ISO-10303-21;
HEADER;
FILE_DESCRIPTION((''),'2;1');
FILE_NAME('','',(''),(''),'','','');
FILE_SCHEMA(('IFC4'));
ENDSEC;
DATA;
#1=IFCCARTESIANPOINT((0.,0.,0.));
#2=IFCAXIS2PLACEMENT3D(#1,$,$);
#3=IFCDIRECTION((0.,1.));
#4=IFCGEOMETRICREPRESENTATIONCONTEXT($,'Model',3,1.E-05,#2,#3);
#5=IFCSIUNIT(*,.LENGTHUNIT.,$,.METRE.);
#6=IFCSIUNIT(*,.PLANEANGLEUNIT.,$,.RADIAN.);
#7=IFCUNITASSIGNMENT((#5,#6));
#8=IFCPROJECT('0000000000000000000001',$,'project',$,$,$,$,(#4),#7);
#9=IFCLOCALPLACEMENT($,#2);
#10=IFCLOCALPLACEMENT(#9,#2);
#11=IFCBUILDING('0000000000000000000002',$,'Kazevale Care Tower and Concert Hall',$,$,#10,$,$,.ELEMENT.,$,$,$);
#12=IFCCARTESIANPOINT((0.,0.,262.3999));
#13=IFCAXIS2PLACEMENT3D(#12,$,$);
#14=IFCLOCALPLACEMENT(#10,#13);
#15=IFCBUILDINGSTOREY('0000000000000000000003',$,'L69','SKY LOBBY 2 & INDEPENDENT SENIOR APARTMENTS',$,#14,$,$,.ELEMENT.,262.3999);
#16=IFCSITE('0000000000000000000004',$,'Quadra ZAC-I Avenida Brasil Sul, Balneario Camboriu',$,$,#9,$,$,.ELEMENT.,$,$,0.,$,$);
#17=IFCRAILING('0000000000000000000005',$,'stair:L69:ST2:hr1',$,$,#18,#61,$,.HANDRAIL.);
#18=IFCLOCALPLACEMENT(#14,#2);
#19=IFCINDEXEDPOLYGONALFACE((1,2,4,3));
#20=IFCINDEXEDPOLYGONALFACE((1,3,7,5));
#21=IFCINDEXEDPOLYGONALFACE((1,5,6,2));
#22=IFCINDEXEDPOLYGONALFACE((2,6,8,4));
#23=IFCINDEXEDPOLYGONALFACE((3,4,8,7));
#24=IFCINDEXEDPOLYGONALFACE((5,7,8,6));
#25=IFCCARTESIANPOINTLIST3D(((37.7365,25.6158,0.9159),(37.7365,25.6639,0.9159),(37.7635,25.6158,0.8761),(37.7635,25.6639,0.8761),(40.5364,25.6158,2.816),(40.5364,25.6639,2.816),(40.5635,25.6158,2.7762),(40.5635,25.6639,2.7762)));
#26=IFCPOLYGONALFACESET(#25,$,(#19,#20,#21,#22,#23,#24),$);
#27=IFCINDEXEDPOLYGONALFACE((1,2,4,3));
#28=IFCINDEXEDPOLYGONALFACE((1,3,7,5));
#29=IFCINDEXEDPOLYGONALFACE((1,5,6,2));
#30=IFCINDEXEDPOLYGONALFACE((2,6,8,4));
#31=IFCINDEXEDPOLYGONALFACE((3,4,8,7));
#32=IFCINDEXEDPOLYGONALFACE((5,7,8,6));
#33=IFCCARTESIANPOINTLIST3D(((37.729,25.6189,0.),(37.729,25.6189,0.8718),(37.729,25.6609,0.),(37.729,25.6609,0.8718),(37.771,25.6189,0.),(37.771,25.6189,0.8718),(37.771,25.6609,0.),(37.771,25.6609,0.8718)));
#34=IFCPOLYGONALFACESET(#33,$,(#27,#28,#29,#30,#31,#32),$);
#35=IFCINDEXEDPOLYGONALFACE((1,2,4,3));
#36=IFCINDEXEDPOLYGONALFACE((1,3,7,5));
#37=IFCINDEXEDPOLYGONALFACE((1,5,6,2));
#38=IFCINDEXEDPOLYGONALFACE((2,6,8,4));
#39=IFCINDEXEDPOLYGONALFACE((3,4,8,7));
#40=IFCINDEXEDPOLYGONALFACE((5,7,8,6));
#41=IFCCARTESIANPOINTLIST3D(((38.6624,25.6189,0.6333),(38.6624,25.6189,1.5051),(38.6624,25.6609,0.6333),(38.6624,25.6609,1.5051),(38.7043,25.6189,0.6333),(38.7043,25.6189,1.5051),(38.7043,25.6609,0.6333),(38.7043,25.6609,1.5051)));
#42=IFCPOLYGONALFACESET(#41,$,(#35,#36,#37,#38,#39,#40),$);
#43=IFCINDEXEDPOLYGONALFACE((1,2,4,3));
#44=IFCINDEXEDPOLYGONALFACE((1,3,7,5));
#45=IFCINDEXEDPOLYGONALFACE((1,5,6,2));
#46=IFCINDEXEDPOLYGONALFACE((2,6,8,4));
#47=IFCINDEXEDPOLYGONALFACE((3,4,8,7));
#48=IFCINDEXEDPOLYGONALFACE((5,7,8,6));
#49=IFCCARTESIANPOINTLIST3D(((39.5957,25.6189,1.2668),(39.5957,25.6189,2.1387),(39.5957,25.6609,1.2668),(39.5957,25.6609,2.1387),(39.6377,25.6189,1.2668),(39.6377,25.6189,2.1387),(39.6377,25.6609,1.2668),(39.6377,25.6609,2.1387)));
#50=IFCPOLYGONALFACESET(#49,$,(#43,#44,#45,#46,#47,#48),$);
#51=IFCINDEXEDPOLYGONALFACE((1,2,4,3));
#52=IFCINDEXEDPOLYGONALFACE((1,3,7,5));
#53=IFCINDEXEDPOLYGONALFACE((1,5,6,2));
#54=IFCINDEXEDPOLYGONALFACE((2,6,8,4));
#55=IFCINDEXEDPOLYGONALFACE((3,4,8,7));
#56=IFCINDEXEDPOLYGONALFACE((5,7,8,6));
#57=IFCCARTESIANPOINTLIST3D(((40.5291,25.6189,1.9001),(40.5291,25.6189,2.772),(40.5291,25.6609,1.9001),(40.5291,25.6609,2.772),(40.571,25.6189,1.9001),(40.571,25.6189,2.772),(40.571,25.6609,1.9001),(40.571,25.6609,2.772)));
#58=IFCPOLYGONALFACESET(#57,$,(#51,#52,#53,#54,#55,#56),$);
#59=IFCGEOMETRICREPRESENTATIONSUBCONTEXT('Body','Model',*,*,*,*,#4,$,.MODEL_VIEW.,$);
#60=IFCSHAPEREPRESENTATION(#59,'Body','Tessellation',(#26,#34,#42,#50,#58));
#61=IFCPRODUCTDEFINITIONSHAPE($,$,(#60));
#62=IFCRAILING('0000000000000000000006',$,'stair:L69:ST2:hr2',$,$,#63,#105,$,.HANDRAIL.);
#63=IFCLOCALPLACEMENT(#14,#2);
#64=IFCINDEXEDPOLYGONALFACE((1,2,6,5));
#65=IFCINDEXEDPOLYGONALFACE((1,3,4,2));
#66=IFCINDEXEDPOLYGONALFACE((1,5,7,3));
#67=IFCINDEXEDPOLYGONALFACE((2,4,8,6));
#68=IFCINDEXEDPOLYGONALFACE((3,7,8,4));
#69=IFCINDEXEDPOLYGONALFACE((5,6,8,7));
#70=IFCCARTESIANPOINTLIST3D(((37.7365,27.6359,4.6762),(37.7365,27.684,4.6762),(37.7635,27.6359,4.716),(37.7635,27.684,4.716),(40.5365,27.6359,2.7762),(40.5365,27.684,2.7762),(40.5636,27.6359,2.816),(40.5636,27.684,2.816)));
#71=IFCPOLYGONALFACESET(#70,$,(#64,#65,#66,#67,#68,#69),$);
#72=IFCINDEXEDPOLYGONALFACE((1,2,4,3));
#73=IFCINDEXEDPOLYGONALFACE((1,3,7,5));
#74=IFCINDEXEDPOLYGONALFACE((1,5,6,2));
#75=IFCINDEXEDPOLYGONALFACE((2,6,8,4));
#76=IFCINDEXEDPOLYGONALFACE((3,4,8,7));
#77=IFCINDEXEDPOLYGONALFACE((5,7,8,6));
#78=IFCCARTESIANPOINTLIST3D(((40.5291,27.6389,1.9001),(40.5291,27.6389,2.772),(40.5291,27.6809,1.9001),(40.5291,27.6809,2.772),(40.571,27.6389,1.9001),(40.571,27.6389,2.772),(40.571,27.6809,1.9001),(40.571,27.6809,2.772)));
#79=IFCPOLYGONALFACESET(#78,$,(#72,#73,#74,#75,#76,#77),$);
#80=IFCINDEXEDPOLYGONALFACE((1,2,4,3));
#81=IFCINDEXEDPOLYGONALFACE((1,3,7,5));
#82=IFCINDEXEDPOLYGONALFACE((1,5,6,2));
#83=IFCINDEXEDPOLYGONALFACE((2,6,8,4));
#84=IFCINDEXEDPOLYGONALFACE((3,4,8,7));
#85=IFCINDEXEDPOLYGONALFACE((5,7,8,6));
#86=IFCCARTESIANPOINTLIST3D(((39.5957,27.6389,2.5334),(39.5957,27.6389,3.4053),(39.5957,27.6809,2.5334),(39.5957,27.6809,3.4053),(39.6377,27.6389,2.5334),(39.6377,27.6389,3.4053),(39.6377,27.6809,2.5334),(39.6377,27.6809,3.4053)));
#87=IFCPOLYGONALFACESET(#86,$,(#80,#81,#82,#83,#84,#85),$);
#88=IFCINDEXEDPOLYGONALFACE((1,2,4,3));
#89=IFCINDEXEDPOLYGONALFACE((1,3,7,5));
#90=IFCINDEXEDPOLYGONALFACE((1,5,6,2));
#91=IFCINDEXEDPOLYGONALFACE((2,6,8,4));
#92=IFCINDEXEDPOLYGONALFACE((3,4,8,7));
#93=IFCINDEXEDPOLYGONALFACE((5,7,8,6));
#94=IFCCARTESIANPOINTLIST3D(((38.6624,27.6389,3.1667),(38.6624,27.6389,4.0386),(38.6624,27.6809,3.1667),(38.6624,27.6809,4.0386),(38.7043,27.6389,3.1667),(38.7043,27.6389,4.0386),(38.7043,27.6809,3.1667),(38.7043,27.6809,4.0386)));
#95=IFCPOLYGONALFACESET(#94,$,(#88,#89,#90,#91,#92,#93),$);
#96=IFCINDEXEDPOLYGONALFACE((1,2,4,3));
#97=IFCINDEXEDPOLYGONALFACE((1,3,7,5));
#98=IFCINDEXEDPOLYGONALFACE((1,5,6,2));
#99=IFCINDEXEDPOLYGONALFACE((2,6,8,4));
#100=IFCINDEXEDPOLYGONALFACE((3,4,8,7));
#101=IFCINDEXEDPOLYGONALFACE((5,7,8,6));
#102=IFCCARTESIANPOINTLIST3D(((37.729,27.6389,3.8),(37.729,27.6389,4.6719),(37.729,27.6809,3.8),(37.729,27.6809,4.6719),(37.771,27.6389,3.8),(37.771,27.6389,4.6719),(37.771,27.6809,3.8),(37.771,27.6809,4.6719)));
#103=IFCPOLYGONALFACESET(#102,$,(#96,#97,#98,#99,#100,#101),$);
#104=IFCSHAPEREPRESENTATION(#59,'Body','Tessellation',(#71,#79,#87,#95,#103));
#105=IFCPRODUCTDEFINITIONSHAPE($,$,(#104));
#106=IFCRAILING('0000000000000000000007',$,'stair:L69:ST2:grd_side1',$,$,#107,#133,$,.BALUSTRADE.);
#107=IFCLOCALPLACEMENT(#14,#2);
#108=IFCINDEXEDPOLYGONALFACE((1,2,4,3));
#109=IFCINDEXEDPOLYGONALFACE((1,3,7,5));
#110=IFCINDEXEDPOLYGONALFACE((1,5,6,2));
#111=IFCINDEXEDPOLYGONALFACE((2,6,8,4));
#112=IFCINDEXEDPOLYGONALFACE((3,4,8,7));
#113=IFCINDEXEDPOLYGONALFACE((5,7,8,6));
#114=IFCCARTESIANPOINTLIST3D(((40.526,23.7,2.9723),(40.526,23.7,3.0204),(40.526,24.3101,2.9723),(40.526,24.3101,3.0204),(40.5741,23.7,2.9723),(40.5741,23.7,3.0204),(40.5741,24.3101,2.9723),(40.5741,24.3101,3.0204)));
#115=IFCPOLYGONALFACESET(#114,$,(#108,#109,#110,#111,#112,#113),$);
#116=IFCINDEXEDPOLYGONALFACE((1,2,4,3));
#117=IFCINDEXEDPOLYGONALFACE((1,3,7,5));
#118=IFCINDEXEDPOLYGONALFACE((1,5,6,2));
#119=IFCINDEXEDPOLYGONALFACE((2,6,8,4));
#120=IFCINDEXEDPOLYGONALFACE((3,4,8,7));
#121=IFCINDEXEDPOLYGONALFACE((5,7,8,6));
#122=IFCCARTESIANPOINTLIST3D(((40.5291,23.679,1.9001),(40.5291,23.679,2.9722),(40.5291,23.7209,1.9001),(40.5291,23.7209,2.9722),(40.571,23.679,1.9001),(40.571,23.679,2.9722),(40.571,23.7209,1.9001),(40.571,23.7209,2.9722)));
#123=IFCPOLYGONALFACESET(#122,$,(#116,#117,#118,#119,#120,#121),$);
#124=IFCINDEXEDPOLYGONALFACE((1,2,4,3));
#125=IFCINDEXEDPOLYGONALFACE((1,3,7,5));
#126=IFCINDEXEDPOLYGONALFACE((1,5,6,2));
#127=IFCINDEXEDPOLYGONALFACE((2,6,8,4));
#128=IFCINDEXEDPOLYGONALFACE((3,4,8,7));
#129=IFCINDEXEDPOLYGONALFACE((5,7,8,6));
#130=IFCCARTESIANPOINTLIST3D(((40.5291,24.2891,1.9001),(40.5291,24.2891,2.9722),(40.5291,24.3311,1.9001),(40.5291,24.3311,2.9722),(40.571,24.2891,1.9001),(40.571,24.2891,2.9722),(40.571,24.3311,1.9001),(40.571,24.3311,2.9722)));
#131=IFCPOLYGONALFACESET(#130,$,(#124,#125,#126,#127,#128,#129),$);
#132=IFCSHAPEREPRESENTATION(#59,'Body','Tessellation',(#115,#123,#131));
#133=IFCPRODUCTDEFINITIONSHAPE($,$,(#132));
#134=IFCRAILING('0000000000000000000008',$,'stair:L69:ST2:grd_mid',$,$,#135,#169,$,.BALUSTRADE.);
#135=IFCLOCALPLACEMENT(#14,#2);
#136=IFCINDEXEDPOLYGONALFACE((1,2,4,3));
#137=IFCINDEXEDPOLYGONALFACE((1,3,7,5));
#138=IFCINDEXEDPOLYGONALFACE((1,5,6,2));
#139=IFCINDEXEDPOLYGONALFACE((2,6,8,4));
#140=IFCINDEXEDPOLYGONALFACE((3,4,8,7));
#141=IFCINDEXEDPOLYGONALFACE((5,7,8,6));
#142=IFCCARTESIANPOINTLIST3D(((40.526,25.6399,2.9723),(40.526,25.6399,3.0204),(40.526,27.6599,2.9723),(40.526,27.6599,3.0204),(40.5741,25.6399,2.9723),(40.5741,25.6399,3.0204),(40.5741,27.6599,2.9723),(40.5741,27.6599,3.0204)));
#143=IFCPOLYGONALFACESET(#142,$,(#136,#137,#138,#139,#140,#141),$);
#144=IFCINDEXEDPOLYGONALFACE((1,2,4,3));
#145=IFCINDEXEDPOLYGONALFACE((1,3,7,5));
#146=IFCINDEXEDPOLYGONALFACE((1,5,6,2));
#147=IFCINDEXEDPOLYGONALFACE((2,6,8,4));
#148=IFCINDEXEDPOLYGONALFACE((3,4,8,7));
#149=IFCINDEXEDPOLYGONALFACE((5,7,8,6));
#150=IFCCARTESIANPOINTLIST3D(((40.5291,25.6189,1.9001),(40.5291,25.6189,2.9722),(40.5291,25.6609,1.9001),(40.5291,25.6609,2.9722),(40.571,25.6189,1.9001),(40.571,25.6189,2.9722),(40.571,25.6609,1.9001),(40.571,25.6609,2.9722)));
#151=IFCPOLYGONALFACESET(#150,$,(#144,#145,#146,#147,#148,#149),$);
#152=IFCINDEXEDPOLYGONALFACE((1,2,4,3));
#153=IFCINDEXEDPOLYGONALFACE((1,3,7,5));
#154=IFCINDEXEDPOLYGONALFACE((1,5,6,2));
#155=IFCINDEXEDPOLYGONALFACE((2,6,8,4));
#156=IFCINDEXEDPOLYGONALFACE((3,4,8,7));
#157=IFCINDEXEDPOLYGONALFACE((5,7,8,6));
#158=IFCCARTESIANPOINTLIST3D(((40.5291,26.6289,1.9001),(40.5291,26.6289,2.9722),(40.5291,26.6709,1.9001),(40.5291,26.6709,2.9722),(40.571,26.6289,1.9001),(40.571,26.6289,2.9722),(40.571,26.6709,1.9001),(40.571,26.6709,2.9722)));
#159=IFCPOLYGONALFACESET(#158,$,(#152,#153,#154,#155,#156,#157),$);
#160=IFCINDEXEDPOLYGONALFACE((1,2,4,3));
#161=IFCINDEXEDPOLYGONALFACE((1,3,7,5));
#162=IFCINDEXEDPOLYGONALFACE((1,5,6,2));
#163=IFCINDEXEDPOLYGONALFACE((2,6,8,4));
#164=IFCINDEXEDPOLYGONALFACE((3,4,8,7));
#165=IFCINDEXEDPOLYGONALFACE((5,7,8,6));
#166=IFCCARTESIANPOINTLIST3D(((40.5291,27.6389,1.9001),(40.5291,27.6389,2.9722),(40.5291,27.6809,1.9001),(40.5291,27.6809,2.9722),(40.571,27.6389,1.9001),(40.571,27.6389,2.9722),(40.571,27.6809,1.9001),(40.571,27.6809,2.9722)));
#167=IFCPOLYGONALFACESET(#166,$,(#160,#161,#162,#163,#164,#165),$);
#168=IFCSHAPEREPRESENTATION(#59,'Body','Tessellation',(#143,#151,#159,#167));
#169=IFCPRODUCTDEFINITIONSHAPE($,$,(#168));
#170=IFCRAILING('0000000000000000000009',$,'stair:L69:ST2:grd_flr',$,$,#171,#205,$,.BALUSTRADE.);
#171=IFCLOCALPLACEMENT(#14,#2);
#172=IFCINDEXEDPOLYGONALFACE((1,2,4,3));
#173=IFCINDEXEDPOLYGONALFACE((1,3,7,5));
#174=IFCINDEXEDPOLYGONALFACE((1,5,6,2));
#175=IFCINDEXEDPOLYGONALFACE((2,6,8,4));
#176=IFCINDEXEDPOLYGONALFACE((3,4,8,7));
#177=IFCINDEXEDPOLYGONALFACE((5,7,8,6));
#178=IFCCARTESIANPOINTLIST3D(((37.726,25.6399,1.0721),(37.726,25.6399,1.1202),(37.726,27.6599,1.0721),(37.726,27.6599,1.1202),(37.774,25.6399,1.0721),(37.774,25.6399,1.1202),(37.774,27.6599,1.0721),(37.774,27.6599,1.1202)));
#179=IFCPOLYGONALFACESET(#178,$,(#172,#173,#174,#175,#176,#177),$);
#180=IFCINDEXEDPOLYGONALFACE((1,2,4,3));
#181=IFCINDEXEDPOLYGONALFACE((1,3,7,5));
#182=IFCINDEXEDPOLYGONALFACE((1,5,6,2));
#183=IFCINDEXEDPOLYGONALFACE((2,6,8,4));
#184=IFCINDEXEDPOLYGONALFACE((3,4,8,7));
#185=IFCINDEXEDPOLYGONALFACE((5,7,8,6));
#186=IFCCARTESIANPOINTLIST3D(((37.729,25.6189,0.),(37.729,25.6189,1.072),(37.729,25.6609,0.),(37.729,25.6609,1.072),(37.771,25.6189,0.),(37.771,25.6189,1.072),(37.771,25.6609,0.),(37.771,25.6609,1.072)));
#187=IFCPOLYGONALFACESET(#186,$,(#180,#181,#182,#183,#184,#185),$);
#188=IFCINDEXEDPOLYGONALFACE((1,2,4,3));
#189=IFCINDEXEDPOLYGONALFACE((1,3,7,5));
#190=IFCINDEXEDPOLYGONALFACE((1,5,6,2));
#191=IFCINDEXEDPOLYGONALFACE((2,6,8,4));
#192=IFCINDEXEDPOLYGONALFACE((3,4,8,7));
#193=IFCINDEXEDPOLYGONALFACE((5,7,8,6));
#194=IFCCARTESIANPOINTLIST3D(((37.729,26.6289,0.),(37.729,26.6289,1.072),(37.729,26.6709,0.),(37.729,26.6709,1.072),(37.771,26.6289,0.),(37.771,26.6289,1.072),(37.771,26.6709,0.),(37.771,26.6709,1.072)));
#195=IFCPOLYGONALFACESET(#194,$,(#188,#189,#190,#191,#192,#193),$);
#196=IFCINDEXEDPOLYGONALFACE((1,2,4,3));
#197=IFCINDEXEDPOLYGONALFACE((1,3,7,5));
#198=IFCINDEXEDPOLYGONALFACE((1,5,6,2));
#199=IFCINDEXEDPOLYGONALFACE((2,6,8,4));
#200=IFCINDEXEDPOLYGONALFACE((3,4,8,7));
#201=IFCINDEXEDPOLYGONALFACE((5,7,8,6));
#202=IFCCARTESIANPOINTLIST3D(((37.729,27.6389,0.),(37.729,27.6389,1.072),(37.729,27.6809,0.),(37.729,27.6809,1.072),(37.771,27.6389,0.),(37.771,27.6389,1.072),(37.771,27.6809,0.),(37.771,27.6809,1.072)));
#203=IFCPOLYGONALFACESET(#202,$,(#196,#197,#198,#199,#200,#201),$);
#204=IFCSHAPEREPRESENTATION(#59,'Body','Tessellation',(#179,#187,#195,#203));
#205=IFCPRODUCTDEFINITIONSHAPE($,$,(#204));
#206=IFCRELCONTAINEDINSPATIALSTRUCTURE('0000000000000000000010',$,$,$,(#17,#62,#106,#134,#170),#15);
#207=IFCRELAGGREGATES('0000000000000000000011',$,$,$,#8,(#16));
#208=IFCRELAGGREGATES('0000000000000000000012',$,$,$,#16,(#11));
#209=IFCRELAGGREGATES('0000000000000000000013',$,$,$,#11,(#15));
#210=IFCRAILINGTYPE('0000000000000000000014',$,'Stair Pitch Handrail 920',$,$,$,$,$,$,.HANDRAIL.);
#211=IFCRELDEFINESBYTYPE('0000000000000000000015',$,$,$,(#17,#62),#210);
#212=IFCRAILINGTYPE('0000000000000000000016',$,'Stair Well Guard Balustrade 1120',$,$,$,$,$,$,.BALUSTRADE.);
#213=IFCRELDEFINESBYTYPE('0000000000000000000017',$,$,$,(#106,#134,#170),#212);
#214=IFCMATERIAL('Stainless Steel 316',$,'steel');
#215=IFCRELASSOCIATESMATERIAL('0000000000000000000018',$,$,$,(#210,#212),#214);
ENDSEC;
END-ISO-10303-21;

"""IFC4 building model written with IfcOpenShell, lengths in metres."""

from ifc_helpers import new_model, si_unit, direction, frame, origin, origin_2d, place, context, subcontext, project, spatial, rectangle, extrude, material, type_object, element, save


model = new_model("IFC4")

# Units and contexts
model_context = context("Model", 3, precision=1e-05, world=origin(), true_north=direction((0.0, 1.0)))
body_context = subcontext(model_context, "Body", "Model", "MODEL_VIEW")
ifc_project = project(units=[si_unit("LENGTHUNIT", "METRE"), si_unit("PLANEANGLEUNIT", "RADIAN")], contexts=[model_context])

# Site, building, storey
site_placement = place(None, origin())
site = spatial("IfcSite", under=ifc_project, at=site_placement, Name="Quadra ZAC-I Avenida Brasil Sul, Balneario Camboriu", CompositionType="ELEMENT", RefElevation=0.0)
building_placement = place(site_placement, origin())
building = spatial("IfcBuilding", under=site, at=building_placement, Name="Kazevale Care Tower and Concert Hall", CompositionType="ELEMENT")
storey_placement = place(building_placement, frame((0.0, 0.0, 262.3999)))
storey = spatial("IfcBuildingStorey", under=building, at=storey_placement, Name="L69", Description="SKY LOBBY 2 & INDEPENDENT SENIOR APARTMENTS", CompositionType="ELEMENT", Elevation=262.3999)

# Railings
ifc_material_1 = material(Name="Stainless Steel 316", Category="steel")
railing_type_1 = type_object("IfcRailingType", Name="Stair Pitch Handrail 920", PredefinedType="HANDRAIL", material=ifc_material_1)
railing_1_placement = place(storey_placement, frame((37.75, 25.6399, 0.0)))
element("IfcRailing", 1, at=railing_1_placement, inside=storey, type_object=railing_type_1, Name="stair:L69:ST2:hr1", PredefinedType="HANDRAIL", context=body_context, shape_type="SweptSolid", body=[
    extrude(rectangle(XDim=0.0481, YDim=0.0481, at=origin_2d()), frame((0.0, 0.0, 0.896), z_axis=(0.82746, 0.0, 0.561524), x_axis=(0.0, 1.0, 0.0)), (0.0, 0.0, 1.0), 3.3838),
    extrude(rectangle(XDim=0.042, YDim=0.042, at=origin_2d()), origin(), (0.0, 0.0, 1.0), 0.8718),
    extrude(rectangle(XDim=0.042, YDim=0.042, at=origin_2d()), frame((0.9333, 0.0, 0.6333)), (0.0, 0.0, 1.0), 0.8718),
    extrude(rectangle(XDim=0.042, YDim=0.042, at=origin_2d()), frame((1.8667, 0.0, 1.2668)), (0.0, 0.0, 1.0), 0.8718),
    extrude(rectangle(XDim=0.042, YDim=0.042, at=origin_2d()), frame((2.8, 0.0, 1.9001)), (0.0, 0.0, 1.0), 0.8718),
])
railing_2_placement = place(storey_placement, frame((40.55, 27.6599, 1.9001)))
element("IfcRailing", 2, at=railing_2_placement, inside=storey, type_object=railing_type_1, Name="stair:L69:ST2:hr2", PredefinedType="HANDRAIL", context=body_context, shape_type="SweptSolid", body=[
    extrude(rectangle(XDim=0.0481, YDim=0.0481, at=origin_2d()), frame((0.0, 0.0, 0.896), z_axis=(-0.827494, 0.0, 0.561475), x_axis=(0.0, -1.0, 0.0)), (0.0, 0.0, 1.0), 3.3838),
    extrude(rectangle(XDim=0.042, YDim=0.042, at=origin_2d()), origin(), (0.0, 0.0, 1.0), 0.8718),
    extrude(rectangle(XDim=0.042, YDim=0.042, at=origin_2d()), frame((-0.9333, 0.0, 0.6333)), (0.0, 0.0, 1.0), 0.8718),
    extrude(rectangle(XDim=0.042, YDim=0.042, at=origin_2d()), frame((-1.8667, 0.0, 1.2666)), (0.0, 0.0, 1.0), 0.8718),
    extrude(rectangle(XDim=0.042, YDim=0.042, at=origin_2d()), frame((-2.8, 0.0, 1.8999)), (0.0, 0.0, 1.0), 0.8718),
])
railing_type_2 = type_object("IfcRailingType", Name="Stair Well Guard Balustrade 1120", PredefinedType="BALUSTRADE", material=ifc_material_1)
railing_3_placement = place(storey_placement, frame((40.55, 23.7, 1.9001)))
element("IfcRailing", 3, at=railing_3_placement, inside=storey, type_object=railing_type_2, Name="stair:L69:ST2:grd_side1", PredefinedType="BALUSTRADE", context=body_context, shape_type="SweptSolid", body=[
    extrude(rectangle(XDim=0.0481, YDim=0.0481, at=origin_2d()), frame((0.0, 0.0, 1.0962), z_axis=(0.0, 1.0, 0.0), x_axis=(-1.0, 0.0, 0.0)), (0.0, 0.0, 1.0), 0.6101),
    extrude(rectangle(XDim=0.042, YDim=0.042, at=origin_2d()), origin(), (0.0, 0.0, 1.0), 1.072),
    extrude(rectangle(XDim=0.042, YDim=0.042, at=origin_2d()), frame((0.0, 0.6101, 0.0)), (0.0, 0.0, 1.0), 1.072),
])
for number, where, name in (
    (4, (40.55, 25.6399, 1.9001), "stair:L69:ST2:grd_mid"),
    (5, (37.75, 25.6399, 0.0), "stair:L69:ST2:grd_flr"),
):
    element("IfcRailing", number, at=place(storey_placement, frame(where)), inside=storey, type_object=railing_type_2, Name=name, PredefinedType="BALUSTRADE", context=body_context, shape_type="SweptSolid", body=[
        extrude(rectangle(XDim=0.0481, YDim=0.0481, at=origin_2d()), frame((0.0, 0.0, 1.0962), z_axis=(0.0, 1.0, 0.0), x_axis=(-1.0, 0.0, 0.0)), (0.0, 0.0, 1.0), 2.02),
        extrude(rectangle(XDim=0.042, YDim=0.042, at=origin_2d()), origin(), (0.0, 0.0, 1.0), 1.072),
        extrude(rectangle(XDim=0.042, YDim=0.042, at=origin_2d()), frame((0.0, 1.01, 0.0)), (0.0, 0.0, 1.0), 1.072),
        extrude(rectangle(XDim=0.042, YDim=0.042, at=origin_2d()), frame((0.0, 2.02, 0.0)), (0.0, 0.0, 1.0), 1.072),
    ])

save(model, "model.ifc")
